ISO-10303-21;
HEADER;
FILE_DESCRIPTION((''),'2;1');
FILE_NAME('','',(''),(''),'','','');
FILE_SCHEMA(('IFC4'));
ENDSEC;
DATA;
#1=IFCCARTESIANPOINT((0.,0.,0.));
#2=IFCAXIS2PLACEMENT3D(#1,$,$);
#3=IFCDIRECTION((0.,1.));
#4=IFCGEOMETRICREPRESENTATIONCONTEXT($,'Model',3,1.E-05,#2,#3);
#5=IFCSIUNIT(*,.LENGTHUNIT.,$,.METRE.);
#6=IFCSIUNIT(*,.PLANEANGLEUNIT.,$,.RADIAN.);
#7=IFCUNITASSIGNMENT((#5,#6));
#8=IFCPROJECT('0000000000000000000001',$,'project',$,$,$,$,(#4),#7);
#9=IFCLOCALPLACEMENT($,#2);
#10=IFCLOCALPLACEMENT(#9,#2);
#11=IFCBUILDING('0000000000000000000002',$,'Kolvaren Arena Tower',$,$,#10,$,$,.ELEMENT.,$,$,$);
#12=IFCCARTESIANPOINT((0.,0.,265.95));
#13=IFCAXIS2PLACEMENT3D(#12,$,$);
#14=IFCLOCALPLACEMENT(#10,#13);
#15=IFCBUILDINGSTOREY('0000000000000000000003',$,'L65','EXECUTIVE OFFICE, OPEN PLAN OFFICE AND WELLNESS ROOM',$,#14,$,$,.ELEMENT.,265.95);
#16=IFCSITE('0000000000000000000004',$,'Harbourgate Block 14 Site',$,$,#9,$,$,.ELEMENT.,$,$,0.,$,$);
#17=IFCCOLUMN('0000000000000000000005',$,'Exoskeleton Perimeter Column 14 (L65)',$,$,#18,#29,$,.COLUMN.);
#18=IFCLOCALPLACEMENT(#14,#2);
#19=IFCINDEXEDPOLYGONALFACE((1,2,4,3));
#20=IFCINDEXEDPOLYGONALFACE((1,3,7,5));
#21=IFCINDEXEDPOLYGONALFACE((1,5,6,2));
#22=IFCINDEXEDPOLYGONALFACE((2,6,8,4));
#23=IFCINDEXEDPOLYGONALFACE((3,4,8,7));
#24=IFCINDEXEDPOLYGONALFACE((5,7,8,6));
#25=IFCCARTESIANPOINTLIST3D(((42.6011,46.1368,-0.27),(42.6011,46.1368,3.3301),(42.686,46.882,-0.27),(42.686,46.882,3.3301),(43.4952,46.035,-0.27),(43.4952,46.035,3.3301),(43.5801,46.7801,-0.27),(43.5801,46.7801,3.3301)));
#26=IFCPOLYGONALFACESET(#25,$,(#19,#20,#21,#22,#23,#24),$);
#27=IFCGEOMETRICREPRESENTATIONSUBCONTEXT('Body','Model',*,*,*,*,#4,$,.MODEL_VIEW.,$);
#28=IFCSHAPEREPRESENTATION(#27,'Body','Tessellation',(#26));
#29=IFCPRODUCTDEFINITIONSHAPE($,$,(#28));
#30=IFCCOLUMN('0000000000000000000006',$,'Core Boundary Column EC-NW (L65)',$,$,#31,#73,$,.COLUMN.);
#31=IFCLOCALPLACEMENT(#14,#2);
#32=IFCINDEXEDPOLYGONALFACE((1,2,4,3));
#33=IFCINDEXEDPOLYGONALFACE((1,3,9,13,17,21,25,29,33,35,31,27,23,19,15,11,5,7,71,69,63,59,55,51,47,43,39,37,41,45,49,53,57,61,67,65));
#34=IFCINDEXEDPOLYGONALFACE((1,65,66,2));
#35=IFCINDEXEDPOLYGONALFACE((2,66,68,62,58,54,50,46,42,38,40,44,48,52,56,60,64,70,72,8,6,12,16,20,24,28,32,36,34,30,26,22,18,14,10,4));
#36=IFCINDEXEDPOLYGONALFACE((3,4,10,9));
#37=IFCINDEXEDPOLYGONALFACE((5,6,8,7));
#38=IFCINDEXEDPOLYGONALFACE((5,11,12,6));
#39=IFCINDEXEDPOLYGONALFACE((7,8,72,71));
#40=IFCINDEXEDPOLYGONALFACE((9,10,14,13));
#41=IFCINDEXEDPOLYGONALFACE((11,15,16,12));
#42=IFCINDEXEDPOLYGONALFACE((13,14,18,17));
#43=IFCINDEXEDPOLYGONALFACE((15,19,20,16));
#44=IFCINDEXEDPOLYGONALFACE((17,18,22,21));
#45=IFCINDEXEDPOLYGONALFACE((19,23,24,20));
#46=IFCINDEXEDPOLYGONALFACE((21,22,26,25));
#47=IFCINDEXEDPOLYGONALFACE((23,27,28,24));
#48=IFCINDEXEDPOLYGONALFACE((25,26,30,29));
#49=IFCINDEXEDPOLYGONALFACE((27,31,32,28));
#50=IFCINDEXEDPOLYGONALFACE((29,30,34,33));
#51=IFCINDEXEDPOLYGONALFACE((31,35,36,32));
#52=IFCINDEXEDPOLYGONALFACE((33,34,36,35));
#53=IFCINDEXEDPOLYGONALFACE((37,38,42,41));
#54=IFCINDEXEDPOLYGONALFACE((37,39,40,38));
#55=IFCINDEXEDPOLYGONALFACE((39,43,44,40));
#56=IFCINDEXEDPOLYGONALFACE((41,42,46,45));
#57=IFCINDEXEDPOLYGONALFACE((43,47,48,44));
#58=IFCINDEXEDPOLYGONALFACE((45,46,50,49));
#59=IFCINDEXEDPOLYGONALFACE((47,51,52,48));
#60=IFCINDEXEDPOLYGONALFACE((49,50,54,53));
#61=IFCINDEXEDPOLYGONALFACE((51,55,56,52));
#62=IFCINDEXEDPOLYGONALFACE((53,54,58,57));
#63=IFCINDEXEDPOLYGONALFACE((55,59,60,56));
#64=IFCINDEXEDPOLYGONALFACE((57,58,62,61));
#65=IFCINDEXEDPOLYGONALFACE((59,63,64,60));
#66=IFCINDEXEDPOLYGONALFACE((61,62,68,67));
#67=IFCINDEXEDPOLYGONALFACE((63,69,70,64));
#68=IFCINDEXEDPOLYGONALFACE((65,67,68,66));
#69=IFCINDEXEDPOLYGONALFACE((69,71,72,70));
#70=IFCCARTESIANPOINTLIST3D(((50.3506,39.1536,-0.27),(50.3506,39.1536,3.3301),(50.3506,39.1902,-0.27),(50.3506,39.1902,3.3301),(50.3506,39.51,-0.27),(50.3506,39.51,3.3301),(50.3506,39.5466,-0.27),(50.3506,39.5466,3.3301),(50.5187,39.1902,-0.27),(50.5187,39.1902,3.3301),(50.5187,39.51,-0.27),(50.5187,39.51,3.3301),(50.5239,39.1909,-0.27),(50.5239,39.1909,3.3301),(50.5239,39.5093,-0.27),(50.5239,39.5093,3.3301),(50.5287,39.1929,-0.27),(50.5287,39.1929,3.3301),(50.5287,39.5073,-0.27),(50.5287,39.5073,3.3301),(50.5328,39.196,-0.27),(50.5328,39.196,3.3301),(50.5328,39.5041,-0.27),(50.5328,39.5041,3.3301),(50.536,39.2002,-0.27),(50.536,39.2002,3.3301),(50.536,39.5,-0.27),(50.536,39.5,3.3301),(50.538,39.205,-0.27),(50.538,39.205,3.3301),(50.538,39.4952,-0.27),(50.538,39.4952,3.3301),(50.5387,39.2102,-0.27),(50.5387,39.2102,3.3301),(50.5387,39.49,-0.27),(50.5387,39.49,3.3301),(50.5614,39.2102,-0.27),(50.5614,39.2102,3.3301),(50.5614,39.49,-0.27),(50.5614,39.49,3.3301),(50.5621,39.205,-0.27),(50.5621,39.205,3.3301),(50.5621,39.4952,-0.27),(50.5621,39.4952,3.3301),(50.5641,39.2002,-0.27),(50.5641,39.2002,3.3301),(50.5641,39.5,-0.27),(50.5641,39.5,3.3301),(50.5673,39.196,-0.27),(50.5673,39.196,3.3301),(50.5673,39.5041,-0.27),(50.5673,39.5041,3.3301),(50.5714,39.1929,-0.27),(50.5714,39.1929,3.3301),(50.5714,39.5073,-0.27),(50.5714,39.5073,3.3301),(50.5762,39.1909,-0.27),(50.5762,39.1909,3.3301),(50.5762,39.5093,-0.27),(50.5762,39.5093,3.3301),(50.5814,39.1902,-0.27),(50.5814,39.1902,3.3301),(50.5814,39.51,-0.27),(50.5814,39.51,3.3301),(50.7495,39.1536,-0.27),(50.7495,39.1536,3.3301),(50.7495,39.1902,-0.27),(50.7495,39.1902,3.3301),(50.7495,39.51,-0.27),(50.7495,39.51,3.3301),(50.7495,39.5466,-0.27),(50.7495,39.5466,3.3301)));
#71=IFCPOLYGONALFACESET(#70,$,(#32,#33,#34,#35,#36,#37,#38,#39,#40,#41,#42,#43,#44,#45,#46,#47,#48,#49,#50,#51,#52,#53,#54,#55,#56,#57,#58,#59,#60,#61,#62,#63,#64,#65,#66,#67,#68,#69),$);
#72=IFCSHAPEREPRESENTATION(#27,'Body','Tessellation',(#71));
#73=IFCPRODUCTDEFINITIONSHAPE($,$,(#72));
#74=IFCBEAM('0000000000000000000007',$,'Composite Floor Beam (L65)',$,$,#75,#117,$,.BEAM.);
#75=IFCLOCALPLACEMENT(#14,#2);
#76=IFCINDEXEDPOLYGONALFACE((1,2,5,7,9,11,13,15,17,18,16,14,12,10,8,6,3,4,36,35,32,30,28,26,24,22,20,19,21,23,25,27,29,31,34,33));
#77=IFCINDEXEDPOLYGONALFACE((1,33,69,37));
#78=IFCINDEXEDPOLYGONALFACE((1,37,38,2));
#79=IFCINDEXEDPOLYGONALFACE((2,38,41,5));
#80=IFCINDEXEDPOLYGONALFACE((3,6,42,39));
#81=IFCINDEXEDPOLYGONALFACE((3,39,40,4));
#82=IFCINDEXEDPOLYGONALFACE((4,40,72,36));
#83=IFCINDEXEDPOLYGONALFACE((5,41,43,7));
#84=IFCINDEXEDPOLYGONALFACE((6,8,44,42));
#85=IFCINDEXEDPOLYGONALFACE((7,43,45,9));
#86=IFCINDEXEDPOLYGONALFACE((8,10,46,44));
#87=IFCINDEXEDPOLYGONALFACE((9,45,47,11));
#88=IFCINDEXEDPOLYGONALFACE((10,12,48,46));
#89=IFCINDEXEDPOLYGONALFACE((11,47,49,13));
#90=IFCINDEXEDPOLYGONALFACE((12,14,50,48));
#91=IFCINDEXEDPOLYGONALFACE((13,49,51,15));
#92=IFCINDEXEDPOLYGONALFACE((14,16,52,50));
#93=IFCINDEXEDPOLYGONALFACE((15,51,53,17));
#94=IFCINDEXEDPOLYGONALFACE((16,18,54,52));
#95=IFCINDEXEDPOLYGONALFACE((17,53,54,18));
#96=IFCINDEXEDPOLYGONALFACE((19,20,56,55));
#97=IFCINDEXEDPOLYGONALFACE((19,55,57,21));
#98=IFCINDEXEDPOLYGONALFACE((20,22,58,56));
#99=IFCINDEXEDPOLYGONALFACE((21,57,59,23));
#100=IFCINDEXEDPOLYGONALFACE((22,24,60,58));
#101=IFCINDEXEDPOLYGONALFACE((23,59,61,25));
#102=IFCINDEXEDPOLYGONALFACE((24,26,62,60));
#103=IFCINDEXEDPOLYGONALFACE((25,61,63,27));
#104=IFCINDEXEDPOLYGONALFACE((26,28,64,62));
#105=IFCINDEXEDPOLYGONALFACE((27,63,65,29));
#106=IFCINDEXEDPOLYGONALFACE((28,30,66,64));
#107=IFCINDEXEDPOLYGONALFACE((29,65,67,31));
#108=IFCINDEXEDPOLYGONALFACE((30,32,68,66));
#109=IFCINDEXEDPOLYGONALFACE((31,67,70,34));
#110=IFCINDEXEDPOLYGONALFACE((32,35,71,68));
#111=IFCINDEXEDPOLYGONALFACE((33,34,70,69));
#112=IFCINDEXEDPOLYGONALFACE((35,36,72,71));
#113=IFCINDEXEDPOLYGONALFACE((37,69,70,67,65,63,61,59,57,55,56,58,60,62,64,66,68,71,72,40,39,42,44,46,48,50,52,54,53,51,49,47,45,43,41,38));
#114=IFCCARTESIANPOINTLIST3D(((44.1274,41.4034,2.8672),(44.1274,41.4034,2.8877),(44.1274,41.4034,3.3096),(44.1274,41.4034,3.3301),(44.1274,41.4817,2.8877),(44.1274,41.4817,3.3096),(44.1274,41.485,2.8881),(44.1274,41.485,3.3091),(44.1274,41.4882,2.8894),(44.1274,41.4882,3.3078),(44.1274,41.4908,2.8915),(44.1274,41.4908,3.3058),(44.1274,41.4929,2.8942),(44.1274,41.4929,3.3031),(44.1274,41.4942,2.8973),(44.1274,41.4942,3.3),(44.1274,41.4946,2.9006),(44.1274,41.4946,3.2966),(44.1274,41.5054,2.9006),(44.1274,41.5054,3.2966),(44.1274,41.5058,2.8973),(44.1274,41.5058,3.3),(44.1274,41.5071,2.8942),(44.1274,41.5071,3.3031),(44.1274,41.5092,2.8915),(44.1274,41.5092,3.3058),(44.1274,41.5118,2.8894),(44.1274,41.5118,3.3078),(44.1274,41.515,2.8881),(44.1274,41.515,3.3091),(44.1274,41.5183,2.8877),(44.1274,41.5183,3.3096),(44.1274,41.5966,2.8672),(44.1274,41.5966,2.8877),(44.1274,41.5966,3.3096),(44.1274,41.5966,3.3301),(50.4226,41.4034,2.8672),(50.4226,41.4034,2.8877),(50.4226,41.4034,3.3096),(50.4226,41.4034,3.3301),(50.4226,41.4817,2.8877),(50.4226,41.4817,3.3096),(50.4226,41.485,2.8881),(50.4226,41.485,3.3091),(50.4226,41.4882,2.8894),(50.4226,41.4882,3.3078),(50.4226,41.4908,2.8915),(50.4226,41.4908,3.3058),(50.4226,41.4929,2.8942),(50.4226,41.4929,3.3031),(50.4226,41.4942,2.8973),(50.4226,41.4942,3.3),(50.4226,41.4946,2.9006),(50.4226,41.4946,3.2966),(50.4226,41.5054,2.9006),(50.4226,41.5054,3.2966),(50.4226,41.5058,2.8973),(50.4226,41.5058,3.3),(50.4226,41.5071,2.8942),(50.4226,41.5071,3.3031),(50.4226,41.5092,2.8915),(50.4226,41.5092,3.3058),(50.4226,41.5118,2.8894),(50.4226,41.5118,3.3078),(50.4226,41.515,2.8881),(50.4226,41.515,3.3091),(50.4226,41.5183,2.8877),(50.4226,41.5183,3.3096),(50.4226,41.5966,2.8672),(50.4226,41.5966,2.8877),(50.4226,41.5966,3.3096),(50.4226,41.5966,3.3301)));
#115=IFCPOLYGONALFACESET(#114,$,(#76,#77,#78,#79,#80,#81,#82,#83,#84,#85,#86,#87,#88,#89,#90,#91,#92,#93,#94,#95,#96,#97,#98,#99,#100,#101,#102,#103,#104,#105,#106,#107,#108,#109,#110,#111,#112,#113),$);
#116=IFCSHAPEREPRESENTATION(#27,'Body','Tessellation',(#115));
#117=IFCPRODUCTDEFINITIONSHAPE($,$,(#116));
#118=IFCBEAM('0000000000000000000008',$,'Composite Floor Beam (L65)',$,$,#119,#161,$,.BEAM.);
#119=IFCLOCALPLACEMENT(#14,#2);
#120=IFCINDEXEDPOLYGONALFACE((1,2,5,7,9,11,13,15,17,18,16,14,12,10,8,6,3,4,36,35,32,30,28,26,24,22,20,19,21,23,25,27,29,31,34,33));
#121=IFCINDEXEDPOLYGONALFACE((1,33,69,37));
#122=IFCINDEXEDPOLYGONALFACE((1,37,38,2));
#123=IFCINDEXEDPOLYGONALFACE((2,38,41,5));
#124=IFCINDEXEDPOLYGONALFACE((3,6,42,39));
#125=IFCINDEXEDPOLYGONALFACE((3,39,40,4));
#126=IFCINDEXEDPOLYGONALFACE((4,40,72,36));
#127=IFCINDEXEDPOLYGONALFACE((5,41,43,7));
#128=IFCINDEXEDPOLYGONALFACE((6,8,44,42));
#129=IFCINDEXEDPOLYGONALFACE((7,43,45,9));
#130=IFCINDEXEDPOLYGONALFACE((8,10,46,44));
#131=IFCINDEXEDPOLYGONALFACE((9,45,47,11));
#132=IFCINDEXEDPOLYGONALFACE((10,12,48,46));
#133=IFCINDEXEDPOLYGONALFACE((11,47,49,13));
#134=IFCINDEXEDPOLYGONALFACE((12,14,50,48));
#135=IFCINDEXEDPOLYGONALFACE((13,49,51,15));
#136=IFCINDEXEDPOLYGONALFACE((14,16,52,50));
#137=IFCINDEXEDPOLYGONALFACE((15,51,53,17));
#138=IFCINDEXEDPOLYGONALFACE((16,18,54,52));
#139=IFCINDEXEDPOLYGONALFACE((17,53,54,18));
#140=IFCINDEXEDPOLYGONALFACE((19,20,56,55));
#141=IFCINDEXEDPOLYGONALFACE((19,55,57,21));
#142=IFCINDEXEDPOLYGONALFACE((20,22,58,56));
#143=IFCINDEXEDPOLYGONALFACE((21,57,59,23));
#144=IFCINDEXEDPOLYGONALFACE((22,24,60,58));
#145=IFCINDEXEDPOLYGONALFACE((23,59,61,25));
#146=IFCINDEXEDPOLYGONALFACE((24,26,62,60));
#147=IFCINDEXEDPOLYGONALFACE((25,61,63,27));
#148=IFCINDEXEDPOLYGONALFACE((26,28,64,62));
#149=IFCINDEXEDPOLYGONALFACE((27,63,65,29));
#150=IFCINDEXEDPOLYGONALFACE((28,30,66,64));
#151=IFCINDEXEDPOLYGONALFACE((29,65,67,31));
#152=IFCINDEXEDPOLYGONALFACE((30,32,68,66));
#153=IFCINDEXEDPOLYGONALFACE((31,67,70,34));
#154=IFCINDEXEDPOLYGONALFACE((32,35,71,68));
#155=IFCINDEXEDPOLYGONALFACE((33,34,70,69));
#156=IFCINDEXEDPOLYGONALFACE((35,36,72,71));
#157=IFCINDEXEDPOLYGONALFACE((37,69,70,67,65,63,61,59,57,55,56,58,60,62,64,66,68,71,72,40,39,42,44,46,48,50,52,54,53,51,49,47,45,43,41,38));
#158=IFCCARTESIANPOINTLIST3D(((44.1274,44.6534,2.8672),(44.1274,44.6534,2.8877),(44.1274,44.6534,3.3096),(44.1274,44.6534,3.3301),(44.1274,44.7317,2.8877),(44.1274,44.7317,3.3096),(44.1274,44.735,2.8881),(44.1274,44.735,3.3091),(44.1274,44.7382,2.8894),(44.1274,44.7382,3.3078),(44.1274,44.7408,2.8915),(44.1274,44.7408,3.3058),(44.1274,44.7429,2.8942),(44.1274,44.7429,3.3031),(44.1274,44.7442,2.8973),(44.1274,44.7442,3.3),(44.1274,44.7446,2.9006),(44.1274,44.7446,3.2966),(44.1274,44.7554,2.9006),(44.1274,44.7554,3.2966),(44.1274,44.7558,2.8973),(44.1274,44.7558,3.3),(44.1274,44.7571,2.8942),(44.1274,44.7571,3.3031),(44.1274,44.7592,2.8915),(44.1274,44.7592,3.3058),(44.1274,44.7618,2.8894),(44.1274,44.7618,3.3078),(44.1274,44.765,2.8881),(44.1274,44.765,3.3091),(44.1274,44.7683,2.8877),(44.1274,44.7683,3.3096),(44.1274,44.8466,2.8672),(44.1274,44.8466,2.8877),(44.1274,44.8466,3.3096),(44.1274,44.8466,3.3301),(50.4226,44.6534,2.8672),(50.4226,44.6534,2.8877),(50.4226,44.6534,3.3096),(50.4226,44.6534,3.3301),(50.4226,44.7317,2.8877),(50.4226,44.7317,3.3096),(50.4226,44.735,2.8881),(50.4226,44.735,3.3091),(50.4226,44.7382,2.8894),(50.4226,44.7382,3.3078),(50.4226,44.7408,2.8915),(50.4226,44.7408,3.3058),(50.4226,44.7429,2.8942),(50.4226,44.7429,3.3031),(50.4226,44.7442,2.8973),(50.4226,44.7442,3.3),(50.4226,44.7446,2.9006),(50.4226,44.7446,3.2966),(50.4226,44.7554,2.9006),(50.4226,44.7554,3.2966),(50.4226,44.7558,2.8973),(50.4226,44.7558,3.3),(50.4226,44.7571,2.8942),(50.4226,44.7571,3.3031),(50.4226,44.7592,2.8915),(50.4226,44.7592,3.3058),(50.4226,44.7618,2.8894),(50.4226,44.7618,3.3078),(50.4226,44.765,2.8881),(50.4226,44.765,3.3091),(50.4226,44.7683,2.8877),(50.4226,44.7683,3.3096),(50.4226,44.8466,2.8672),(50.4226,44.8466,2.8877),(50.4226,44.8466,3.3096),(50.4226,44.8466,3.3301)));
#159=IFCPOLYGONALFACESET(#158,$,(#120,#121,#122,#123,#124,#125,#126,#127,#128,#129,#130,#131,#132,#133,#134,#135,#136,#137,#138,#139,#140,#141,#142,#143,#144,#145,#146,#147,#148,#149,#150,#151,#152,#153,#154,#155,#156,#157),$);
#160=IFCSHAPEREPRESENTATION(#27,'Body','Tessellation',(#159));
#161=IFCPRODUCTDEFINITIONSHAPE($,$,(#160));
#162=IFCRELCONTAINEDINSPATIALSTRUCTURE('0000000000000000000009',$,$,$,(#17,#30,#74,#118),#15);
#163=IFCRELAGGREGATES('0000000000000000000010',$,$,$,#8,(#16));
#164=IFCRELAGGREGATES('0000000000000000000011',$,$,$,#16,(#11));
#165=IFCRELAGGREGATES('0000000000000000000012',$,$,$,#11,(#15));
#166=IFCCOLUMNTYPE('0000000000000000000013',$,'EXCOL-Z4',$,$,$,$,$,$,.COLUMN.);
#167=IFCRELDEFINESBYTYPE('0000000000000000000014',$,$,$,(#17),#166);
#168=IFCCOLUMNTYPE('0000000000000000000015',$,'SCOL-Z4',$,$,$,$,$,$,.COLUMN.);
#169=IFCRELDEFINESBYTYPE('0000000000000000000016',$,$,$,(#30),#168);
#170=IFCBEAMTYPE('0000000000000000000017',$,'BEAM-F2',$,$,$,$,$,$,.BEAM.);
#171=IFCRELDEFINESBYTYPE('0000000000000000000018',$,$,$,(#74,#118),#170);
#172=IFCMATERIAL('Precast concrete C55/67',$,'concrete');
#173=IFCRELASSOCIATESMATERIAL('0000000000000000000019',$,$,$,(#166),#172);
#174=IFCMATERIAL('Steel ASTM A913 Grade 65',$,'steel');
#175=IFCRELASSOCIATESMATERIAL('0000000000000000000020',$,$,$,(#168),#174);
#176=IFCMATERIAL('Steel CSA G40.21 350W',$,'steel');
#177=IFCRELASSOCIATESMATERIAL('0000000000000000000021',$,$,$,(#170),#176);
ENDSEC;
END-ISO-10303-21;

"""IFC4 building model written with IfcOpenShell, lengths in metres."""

from ifc_helpers import new_model, si_unit, direction, frame, origin, origin_2d, place, context, subcontext, project, spatial, rectangle, i_section, extrude, material, material_profile, profile_set, type_object, element, save


model = new_model("IFC4")

# Units and contexts
model_context = context("Model", 3, precision=1e-05, world=origin(), true_north=direction((0.0, 1.0)))
body_context = subcontext(model_context, "Body", "Model", "MODEL_VIEW")
ifc_project = project(units=[si_unit("LENGTHUNIT", "METRE"), si_unit("PLANEANGLEUNIT", "RADIAN")], contexts=[model_context])

# Site, building, storey
site_placement = place(None, origin())
site = spatial("IfcSite", under=ifc_project, at=site_placement, Name="Harbourgate Block 14 Site", CompositionType="ELEMENT", RefElevation=0.0)
building_placement = place(site_placement, origin())
building = spatial("IfcBuilding", under=site, at=building_placement, Name="Kolvaren Arena Tower", CompositionType="ELEMENT")
storey_placement = place(building_placement, frame((0.0, 0.0, 265.95)))
storey = spatial("IfcBuildingStorey", under=building, at=storey_placement, Name="L65", Description="EXECUTIVE OFFICE, OPEN PLAN OFFICE AND WELLNESS ROOM", CompositionType="ELEMENT", Elevation=265.95)

# Columns
ifc_material_1 = material(Name="Precast concrete C55/67", Category="concrete")
ifc_material_profile_1 = material_profile(ifc_material_1, rectangle(XDim=0.8999, YDim=0.75, at=origin_2d()), Name="RC-900x750")
ifc_profile_set_1 = profile_set([ifc_material_profile_1], Name="Precast concrete C55/67")
column_type_1 = type_object("IfcColumnType", Name="EXCOL-Z4", PredefinedType="COLUMN", material=ifc_profile_set_1)
column_1_placement = place(storey_placement, frame((43.0906, 46.4585, -0.27), z_axis=(0.0, 0.0, 1.0), x_axis=(0.993572, -0.113203, 0.0)))
element("IfcColumn", 1, at=column_1_placement, inside=storey, type_object=column_type_1, Name="Exoskeleton Perimeter Column 14 (L65)", PredefinedType="COLUMN", context=body_context, shape_type="SweptSolid", body=[
    extrude(rectangle(XDim=0.8999, YDim=0.75, at=origin_2d()), origin(), (0.0, 0.0, 1.0), 3.6001),
])
ifc_material_2 = material(Name="Steel ASTM A913 Grade 65", Category="steel")
ifc_material_profile_2 = material_profile(ifc_material_2, i_section(OverallWidth=0.3989, OverallDepth=0.3931, WebThickness=0.0227, FlangeThickness=0.0366, FilletRadius=0.02, at=origin_2d()), Name="W360x287")
ifc_profile_set_2 = profile_set([ifc_material_profile_2], Name="Steel ASTM A913 Grade 65")
column_type_2 = type_object("IfcColumnType", Name="SCOL-Z4", PredefinedType="COLUMN", material=ifc_profile_set_2)
column_2_placement = place(storey_placement, frame((50.55, 39.3501, -0.27), z_axis=(0.0, 0.0, 1.0), x_axis=(1.0, 0.0, 0.0)))
element("IfcColumn", 2, at=column_2_placement, inside=storey, type_object=column_type_2, Name="Core Boundary Column EC-NW (L65)", PredefinedType="COLUMN", context=body_context, shape_type="SweptSolid", body=[
    extrude(i_section(OverallWidth=0.3989, OverallDepth=0.3931, WebThickness=0.0227, FlangeThickness=0.0366, FilletRadius=0.02, at=origin_2d()), origin(), (0.0, 0.0, 1.0), 3.6001),
])

# Beams
ifc_material_3 = material(Name="Steel CSA G40.21 350W", Category="steel")
ifc_material_profile_3 = material_profile(ifc_material_3, i_section(OverallWidth=0.1931, OverallDepth=0.4629, WebThickness=0.0107, FlangeThickness=0.0205, FilletRadius=0.0129, at=origin_2d()), Name="W460x113")
ifc_profile_set_3 = profile_set([ifc_material_profile_3], Name="Steel CSA G40.21 350W")
beam_type_1 = type_object("IfcBeamType", Name="BEAM-F2", PredefinedType="BEAM", material=ifc_profile_set_3)
for number, where, z_axis, x_axis, name in (
    (3, (44.1274, 41.5, 3.0986), (1.0, 0.0, 0.0), (0.0, 1.0, 0.0), "Composite Floor Beam (L65)"),
    (4, (44.1274, 44.75, 3.0986), (1.0, 0.0, 0.0), (0.0, 1.0, 0.0), "Composite Floor Beam (L65)"),
):
    element("IfcBeam", number, at=place(storey_placement, frame(where, z_axis=z_axis, x_axis=x_axis)), inside=storey, type_object=beam_type_1, Name=name, PredefinedType="BEAM", context=body_context, shape_type="SweptSolid", body=[
        extrude(i_section(OverallWidth=0.1931, OverallDepth=0.4629, WebThickness=0.0107, FlangeThickness=0.0205, FilletRadius=0.0129, at=origin_2d()), origin(), (0.0, 0.0, 1.0), 6.2952),
    ])

save(model, "model.ifc")
